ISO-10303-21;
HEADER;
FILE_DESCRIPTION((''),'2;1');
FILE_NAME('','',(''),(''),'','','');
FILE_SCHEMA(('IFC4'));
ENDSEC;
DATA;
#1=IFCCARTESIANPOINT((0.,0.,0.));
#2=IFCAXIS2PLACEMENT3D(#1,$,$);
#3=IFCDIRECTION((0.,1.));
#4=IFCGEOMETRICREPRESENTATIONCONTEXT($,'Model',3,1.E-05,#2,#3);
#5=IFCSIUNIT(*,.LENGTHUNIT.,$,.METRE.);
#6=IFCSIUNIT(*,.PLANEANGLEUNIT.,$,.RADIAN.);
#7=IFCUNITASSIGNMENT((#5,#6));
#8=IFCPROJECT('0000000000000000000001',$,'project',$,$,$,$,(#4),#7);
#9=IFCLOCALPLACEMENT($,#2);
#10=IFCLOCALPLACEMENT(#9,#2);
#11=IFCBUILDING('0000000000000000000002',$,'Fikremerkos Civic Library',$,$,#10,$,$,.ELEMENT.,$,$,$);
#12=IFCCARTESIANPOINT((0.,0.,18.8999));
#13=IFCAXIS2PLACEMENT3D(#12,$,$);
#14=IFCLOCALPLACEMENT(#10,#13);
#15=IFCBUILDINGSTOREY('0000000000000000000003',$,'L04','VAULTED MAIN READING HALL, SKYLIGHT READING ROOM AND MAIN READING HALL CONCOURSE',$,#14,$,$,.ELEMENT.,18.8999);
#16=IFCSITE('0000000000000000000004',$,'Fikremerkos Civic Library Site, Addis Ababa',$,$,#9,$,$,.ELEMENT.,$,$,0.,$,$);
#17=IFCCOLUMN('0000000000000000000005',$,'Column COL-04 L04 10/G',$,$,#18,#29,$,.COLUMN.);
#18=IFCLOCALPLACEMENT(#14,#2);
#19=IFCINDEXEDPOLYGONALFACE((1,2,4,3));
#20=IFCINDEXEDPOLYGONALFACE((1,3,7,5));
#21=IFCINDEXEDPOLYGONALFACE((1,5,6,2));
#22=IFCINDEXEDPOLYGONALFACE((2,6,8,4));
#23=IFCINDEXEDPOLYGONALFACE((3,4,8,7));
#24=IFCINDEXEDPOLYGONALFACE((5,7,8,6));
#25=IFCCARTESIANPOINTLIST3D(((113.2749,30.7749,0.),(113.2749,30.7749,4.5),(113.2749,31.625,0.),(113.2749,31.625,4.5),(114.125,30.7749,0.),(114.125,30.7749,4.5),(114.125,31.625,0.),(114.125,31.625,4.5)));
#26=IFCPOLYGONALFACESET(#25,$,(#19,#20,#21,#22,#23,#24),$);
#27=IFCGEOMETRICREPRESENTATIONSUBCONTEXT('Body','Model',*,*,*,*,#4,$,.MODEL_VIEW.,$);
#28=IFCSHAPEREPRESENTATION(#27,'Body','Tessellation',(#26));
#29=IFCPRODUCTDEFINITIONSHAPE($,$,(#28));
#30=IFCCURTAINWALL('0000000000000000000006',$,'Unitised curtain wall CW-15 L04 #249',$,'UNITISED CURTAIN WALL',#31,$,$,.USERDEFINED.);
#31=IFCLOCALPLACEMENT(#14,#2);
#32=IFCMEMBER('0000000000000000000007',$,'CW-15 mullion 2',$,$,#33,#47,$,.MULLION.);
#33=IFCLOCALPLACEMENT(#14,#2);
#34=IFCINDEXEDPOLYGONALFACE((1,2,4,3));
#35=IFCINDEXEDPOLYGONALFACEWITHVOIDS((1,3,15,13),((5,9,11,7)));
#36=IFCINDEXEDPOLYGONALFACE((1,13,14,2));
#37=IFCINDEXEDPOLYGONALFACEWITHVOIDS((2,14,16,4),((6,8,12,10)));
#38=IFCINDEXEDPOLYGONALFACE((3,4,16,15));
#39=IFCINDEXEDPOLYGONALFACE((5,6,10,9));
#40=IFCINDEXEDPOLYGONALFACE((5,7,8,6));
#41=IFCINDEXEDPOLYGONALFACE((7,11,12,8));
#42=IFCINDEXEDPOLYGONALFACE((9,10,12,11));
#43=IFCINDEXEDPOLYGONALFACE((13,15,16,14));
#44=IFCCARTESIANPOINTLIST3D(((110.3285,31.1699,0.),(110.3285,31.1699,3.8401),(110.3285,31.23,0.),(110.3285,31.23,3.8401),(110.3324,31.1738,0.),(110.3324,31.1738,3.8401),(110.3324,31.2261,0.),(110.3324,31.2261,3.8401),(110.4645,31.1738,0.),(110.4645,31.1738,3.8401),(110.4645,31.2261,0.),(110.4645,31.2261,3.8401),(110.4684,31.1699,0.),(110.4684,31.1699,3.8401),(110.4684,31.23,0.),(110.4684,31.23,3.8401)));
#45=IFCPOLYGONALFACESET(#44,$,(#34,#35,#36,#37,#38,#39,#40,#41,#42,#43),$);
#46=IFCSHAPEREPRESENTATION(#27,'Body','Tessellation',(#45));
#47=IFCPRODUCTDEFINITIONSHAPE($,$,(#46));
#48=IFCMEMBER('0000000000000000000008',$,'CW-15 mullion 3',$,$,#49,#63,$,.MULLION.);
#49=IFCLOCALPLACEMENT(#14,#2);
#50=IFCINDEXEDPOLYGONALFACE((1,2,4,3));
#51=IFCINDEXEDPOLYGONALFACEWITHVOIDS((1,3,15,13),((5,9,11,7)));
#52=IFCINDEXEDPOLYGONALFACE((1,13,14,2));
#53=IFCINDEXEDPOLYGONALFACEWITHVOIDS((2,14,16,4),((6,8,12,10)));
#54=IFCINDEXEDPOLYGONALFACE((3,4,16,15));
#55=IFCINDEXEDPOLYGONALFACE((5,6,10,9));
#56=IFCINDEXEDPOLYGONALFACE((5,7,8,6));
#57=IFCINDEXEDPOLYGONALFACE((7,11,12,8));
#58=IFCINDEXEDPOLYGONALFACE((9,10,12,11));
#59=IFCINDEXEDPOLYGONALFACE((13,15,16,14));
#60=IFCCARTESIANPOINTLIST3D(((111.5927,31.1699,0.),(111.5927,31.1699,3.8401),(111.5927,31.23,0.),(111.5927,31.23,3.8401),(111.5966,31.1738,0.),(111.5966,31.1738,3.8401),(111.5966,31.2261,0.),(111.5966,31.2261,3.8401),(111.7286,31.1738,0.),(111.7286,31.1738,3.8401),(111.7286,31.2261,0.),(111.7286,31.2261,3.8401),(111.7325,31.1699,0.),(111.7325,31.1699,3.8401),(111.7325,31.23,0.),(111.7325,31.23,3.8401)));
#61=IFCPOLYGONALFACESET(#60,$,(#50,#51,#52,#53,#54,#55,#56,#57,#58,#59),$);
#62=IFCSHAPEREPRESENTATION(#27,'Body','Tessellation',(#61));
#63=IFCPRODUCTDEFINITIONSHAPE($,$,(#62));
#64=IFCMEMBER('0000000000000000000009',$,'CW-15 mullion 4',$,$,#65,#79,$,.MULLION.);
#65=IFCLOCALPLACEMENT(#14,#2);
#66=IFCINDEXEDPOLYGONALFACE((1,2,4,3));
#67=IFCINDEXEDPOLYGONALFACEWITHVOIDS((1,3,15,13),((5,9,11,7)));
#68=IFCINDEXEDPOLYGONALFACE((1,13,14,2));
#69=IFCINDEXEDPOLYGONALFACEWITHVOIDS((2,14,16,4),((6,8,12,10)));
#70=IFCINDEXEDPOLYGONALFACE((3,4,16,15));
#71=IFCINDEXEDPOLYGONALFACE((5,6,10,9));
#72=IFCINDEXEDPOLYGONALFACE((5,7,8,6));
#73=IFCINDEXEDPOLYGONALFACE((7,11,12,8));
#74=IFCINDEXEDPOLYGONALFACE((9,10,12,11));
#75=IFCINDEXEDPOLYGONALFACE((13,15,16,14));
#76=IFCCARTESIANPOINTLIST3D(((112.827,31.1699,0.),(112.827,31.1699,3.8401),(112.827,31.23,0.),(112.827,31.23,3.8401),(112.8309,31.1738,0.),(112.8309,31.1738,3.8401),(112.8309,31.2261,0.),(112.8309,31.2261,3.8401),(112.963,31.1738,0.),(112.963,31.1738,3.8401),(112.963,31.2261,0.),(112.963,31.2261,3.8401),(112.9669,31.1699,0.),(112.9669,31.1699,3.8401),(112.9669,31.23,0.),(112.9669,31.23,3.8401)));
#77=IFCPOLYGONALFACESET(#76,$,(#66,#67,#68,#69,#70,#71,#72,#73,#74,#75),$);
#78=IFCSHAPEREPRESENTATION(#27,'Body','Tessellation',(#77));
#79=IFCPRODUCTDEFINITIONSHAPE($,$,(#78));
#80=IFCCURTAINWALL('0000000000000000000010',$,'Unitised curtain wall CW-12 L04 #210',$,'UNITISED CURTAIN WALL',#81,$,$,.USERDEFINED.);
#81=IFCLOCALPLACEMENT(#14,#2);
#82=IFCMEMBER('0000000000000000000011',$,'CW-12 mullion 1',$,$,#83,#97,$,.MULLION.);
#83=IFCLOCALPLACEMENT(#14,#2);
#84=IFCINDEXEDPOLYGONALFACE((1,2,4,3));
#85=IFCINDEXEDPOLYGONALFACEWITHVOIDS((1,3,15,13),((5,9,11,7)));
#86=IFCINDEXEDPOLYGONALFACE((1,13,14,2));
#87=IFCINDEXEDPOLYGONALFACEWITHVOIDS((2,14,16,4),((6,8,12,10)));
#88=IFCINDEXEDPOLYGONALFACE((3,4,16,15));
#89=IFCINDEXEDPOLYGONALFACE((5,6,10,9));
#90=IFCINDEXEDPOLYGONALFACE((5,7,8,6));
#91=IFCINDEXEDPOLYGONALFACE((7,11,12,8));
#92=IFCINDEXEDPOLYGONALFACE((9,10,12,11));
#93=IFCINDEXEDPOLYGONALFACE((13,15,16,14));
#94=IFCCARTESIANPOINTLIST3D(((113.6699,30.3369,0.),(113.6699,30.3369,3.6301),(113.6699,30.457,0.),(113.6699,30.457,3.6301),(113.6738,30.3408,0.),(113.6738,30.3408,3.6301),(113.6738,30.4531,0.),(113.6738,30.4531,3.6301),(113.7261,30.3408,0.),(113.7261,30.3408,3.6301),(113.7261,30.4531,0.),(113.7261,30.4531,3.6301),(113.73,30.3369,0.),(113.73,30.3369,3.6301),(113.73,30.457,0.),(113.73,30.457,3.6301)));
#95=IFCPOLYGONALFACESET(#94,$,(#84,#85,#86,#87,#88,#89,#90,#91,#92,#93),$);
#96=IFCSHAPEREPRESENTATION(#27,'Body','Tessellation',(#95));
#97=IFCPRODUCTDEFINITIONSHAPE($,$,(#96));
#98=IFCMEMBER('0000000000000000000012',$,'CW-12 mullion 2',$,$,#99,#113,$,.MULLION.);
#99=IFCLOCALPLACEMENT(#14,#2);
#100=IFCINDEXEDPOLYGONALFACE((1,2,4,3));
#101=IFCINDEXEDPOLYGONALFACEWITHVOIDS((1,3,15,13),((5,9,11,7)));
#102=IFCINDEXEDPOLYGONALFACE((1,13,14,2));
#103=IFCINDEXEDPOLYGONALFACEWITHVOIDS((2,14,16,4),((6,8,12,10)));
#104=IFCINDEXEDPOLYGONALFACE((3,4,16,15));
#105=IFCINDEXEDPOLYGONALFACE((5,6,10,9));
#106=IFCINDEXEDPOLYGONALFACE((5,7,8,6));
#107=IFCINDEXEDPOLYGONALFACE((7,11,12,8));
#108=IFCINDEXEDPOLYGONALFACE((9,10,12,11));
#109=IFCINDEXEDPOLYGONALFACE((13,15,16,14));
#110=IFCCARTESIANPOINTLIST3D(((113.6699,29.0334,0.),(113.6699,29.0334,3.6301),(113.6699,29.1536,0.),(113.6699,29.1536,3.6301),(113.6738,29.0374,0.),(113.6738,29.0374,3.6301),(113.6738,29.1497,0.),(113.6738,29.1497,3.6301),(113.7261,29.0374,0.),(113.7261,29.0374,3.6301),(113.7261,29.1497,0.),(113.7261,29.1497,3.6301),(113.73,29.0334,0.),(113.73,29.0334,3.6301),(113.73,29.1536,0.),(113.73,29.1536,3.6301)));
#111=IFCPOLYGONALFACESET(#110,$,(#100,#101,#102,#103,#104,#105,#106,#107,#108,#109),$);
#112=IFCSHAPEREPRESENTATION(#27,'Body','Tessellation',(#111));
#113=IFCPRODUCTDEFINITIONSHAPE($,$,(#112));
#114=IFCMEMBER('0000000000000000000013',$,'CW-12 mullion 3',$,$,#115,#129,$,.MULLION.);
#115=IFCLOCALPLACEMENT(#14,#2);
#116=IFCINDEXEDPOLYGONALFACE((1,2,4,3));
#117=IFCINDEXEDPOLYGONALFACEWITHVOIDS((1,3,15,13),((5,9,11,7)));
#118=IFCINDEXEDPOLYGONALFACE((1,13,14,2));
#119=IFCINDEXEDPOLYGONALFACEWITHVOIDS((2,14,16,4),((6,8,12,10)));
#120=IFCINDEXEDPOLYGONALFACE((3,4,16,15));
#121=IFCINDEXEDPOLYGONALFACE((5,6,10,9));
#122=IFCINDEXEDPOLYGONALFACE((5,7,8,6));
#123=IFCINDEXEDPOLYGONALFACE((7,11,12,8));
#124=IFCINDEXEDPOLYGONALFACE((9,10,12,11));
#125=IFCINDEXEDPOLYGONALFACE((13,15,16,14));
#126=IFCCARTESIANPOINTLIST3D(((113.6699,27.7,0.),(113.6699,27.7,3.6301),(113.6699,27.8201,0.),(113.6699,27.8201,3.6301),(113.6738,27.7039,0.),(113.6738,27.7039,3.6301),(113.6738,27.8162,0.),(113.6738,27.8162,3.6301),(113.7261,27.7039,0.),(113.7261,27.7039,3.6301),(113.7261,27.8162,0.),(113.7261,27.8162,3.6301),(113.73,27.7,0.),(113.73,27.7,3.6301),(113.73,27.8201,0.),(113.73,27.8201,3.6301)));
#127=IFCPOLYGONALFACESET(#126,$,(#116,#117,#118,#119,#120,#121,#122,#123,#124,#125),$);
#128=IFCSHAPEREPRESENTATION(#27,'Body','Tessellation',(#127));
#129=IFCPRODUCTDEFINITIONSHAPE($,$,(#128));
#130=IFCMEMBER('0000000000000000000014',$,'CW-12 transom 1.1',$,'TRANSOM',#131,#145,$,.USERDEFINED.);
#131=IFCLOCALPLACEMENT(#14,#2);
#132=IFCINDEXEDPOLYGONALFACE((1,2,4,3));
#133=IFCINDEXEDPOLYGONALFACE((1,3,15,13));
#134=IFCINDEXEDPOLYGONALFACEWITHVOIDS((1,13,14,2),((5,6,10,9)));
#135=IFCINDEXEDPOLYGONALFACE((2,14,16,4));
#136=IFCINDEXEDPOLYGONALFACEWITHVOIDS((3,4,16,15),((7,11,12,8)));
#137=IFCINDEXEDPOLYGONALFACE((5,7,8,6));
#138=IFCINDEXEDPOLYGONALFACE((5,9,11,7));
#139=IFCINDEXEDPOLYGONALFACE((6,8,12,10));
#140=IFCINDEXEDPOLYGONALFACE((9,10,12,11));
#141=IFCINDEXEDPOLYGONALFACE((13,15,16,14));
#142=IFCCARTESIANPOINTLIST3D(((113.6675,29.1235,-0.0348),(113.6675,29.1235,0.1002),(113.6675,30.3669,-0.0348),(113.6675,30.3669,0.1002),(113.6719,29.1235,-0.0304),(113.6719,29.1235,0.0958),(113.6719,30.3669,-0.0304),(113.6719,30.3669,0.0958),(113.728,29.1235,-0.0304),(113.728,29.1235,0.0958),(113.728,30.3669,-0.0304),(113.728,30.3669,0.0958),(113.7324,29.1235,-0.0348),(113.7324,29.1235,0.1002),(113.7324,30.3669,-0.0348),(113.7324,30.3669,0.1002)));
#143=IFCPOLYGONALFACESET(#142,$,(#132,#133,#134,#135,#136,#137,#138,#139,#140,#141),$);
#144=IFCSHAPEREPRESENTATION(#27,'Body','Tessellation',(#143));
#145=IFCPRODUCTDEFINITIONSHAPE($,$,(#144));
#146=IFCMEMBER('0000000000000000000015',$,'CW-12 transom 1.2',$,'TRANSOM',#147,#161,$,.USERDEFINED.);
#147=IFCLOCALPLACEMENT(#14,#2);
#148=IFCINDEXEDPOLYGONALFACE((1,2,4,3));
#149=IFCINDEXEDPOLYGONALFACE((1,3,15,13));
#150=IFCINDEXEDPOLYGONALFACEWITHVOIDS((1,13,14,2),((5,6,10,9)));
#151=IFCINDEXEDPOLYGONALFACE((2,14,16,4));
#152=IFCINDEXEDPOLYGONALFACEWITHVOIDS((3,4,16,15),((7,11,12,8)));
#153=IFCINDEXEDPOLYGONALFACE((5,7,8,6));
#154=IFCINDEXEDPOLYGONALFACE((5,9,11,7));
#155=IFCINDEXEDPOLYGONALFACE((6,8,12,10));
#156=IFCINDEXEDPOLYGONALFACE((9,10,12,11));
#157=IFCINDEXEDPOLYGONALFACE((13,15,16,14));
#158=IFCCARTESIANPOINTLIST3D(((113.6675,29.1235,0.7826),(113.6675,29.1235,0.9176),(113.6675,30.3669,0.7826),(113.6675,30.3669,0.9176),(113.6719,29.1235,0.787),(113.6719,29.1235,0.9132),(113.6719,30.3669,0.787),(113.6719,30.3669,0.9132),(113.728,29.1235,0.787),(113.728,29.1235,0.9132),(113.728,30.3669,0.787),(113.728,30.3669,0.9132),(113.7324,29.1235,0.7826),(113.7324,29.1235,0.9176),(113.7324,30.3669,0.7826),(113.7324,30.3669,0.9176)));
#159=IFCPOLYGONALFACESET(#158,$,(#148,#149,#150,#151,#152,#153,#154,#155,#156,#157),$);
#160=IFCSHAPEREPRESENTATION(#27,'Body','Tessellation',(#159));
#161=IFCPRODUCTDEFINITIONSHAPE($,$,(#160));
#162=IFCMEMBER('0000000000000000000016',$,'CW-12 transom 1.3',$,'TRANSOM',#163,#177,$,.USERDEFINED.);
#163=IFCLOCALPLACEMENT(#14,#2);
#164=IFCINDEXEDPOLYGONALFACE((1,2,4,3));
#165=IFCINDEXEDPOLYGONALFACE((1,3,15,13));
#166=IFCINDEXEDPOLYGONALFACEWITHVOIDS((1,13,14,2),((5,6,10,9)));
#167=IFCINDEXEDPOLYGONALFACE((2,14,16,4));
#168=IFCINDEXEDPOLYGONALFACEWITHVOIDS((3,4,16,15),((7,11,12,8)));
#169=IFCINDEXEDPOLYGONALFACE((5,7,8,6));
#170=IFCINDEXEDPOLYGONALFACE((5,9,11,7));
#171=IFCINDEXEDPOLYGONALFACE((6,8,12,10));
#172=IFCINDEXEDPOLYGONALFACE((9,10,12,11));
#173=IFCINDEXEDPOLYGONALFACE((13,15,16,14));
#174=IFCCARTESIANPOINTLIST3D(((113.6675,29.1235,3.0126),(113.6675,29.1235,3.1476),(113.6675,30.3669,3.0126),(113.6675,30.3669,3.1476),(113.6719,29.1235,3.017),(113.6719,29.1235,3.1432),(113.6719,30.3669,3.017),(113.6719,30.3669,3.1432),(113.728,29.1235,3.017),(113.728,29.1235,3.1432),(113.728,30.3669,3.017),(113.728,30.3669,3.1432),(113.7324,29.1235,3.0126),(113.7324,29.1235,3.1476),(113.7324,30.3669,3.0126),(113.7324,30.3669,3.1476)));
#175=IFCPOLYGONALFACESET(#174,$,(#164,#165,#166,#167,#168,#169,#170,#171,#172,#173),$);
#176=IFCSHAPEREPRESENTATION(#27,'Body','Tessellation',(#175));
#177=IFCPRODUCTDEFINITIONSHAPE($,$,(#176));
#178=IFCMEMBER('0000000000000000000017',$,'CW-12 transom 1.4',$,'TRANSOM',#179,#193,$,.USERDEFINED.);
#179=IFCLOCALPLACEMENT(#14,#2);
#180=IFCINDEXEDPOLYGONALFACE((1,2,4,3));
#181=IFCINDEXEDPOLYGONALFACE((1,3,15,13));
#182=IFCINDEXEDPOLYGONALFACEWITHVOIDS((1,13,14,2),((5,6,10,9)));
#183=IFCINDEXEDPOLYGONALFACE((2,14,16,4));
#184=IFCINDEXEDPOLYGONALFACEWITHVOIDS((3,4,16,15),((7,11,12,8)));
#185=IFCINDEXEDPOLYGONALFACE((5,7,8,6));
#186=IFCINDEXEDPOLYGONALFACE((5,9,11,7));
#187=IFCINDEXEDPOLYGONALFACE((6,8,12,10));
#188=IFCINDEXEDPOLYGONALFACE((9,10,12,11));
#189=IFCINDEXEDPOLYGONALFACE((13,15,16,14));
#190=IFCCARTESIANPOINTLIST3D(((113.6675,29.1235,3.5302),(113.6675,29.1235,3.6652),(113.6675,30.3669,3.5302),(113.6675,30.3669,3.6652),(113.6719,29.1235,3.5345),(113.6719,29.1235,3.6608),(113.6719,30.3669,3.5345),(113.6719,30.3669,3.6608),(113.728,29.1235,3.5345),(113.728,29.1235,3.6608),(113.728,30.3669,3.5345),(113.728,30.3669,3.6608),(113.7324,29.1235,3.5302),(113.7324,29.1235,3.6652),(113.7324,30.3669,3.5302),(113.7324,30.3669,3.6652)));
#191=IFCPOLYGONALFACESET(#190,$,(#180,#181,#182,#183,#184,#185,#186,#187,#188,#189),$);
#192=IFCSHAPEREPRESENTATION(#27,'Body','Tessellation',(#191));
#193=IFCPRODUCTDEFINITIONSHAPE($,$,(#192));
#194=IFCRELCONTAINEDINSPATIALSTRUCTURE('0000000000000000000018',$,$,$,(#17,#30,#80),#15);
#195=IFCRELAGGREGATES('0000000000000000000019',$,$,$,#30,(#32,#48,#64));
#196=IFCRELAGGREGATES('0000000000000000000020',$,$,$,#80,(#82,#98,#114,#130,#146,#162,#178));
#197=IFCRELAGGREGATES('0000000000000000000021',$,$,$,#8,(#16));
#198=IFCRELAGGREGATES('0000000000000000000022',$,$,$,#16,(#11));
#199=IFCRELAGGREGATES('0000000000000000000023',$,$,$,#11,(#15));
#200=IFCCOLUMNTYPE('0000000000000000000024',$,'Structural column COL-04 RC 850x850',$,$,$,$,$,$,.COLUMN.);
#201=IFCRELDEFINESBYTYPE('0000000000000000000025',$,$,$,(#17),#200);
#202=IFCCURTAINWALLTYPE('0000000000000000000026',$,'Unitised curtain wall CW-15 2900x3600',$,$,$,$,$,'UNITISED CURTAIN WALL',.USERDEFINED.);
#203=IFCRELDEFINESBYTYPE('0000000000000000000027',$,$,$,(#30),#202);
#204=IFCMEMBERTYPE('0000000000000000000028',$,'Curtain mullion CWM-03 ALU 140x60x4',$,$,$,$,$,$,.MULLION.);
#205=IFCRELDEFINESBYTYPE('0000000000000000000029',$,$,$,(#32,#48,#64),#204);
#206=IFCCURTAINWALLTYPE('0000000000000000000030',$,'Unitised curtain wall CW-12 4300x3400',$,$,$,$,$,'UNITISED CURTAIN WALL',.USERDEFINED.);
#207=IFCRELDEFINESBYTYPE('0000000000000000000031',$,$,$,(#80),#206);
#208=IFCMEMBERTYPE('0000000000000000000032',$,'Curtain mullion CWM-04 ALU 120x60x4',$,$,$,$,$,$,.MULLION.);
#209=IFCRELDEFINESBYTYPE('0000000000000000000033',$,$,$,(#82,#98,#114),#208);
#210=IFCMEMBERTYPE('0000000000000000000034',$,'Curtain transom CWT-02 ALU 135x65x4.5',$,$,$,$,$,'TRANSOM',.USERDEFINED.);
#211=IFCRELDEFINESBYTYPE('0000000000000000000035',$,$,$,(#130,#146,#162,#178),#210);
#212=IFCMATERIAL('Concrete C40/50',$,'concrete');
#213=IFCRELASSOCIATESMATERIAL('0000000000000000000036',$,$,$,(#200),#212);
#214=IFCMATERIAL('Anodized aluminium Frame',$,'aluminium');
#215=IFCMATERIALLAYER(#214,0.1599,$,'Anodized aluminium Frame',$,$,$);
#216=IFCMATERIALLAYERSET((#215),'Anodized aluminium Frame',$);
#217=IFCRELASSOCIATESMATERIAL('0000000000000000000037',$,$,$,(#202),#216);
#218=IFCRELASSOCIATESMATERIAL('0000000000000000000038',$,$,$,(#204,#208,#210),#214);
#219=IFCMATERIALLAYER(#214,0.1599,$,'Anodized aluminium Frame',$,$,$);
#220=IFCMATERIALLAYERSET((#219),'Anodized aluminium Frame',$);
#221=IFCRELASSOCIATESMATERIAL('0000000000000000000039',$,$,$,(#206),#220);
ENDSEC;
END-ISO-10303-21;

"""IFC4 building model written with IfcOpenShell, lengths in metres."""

from ifc_helpers import new_model, si_unit, direction, frame, origin, origin_2d, place, context, subcontext, project, spatial, rectangle, hollow_rectangle, extrude, material, layer, layer_set, material_profile, profile_set, type_object, element, aggregate, save


model = new_model("IFC4")

# Units and contexts
model_context = context("Model", 3, precision=1e-05, world=origin(), true_north=direction((0.0, 1.0)))
body_context = subcontext(model_context, "Body", "Model", "MODEL_VIEW")
ifc_project = project(units=[si_unit("LENGTHUNIT", "METRE"), si_unit("PLANEANGLEUNIT", "RADIAN")], contexts=[model_context])

# Site, building, storey
site_placement = place(None, origin())
site = spatial("IfcSite", under=ifc_project, at=site_placement, Name="Fikremerkos Civic Library Site, Addis Ababa", CompositionType="ELEMENT", RefElevation=0.0)
building_placement = place(site_placement, origin())
building = spatial("IfcBuilding", under=site, at=building_placement, Name="Fikremerkos Civic Library", CompositionType="ELEMENT")
storey_placement = place(building_placement, frame((0.0, 0.0, 18.8999)))
storey = spatial("IfcBuildingStorey", under=building, at=storey_placement, Name="L04", Description="VAULTED MAIN READING HALL, SKYLIGHT READING ROOM AND MAIN READING HALL CONCOURSE", CompositionType="ELEMENT", Elevation=18.8999)

# Column
ifc_material_1 = material(Name="Concrete C40/50", Category="concrete")
ifc_material_profile_1 = material_profile(ifc_material_1, rectangle(XDim=0.8501, YDim=0.8501, at=origin_2d()), Name="RC 850x850")
ifc_profile_set_1 = profile_set([ifc_material_profile_1], Name="Concrete C40/50")
column_type = type_object("IfcColumnType", Name="Structural column COL-04 RC 850x850", PredefinedType="COLUMN", material=ifc_profile_set_1)
column_placement = place(storey_placement, frame((113.7, 31.2, 0.0), z_axis=(0.0, 0.0, 1.0), x_axis=(1.0, 0.0, 0.0)))
element("IfcColumn", 1, at=column_placement, inside=storey, type_object=column_type, Name="Column COL-04 L04 10/G", PredefinedType="COLUMN", context=body_context, shape_type="SweptSolid", body=[
    extrude(rectangle(XDim=0.8501, YDim=0.8501, at=origin_2d()), origin(), (0.0, 0.0, 1.0), 4.5),
])

# Curtain walls, members
ifc_material_2 = material(Name="Anodized aluminium Frame", Category="aluminium")
ifc_layer_1 = layer(ifc_material_2, 0.1599, Name="Anodized aluminium Frame")
ifc_layer_set_1 = layer_set([ifc_layer_1], Name="Anodized aluminium Frame")
curtain_wall_type_1 = type_object("IfcCurtainWallType", Name="Unitised curtain wall CW-15 2900x3600", ElementType="UNITISED CURTAIN WALL", PredefinedType="USERDEFINED", material=ifc_layer_set_1)
curtain_wall_1_placement = place(storey_placement, origin())
curtain_wall_1 = element("IfcCurtainWall", 2, at=curtain_wall_1_placement, inside=storey, type_object=curtain_wall_type_1, Name="Unitised curtain wall CW-15 L04 #249", ObjectType="UNITISED CURTAIN WALL", PredefinedType="USERDEFINED")
ifc_material_profile_2 = material_profile(ifc_material_2, hollow_rectangle(XDim=0.0601, YDim=0.1399, WallThickness=0.0039, at=origin_2d()), Name="ALU 140x60x4")
ifc_profile_set_2 = profile_set([ifc_material_profile_2], Name="Anodized aluminium Frame")
member_type_1 = type_object("IfcMemberType", Name="Curtain mullion CWM-03 ALU 140x60x4", PredefinedType="MULLION", material=ifc_profile_set_2)
member_1_placement = place(storey_placement, frame((110.3984, 31.2, 0.0), z_axis=(0.0, 0.0, 1.0), x_axis=(0.0, 1.0, 0.0)))
member_1 = element("IfcMember", 3, at=member_1_placement, type_object=member_type_1, Name="CW-15 mullion 2", PredefinedType="MULLION", context=body_context, shape_type="SweptSolid", body=[
    extrude(hollow_rectangle(XDim=0.0601, YDim=0.1399, WallThickness=0.0039, at=origin_2d()), origin(), (0.0, 0.0, 1.0), 3.8401),
])
member_2_placement = place(storey_placement, frame((111.6626, 31.2, 0.0), z_axis=(0.0, 0.0, 1.0), x_axis=(0.0, 1.0, 0.0)))
member_2 = element("IfcMember", 4, at=member_2_placement, type_object=member_type_1, Name="CW-15 mullion 3", PredefinedType="MULLION", context=body_context, shape_type="SweptSolid", body=[
    extrude(hollow_rectangle(XDim=0.0601, YDim=0.1399, WallThickness=0.0039, at=origin_2d()), origin(), (0.0, 0.0, 1.0), 3.8401),
])
member_3_placement = place(storey_placement, frame((112.897, 31.2, 0.0), z_axis=(0.0, 0.0, 1.0), x_axis=(0.0, 1.0, 0.0)))
member_3 = element("IfcMember", 5, at=member_3_placement, type_object=member_type_1, Name="CW-15 mullion 4", PredefinedType="MULLION", context=body_context, shape_type="SweptSolid", body=[
    extrude(hollow_rectangle(XDim=0.0601, YDim=0.1399, WallThickness=0.0039, at=origin_2d()), origin(), (0.0, 0.0, 1.0), 3.8401),
])
ifc_layer_2 = layer(ifc_material_2, 0.1599, Name="Anodized aluminium Frame")
ifc_layer_set_2 = layer_set([ifc_layer_2], Name="Anodized aluminium Frame")
curtain_wall_type_2 = type_object("IfcCurtainWallType", Name="Unitised curtain wall CW-12 4300x3400", ElementType="UNITISED CURTAIN WALL", PredefinedType="USERDEFINED", material=ifc_layer_set_2)
curtain_wall_2_placement = place(storey_placement, origin())
curtain_wall_2 = element("IfcCurtainWall", 6, at=curtain_wall_2_placement, inside=storey, type_object=curtain_wall_type_2, Name="Unitised curtain wall CW-12 L04 #210", ObjectType="UNITISED CURTAIN WALL", PredefinedType="USERDEFINED")
ifc_material_profile_3 = material_profile(ifc_material_2, hollow_rectangle(XDim=0.0601, YDim=0.1201, WallThickness=0.0039, at=origin_2d()), Name="ALU 120x60x4")
ifc_profile_set_3 = profile_set([ifc_material_profile_3], Name="Anodized aluminium Frame")
member_type_2 = type_object("IfcMemberType", Name="Curtain mullion CWM-04 ALU 120x60x4", PredefinedType="MULLION", material=ifc_profile_set_3)
member_4_placement = place(storey_placement, frame((113.7, 30.397, 0.0), z_axis=(0.0, 0.0, 1.0), x_axis=(1.0, 0.0, 0.0)))
member_4 = element("IfcMember", 7, at=member_4_placement, type_object=member_type_2, Name="CW-12 mullion 1", PredefinedType="MULLION", context=body_context, shape_type="SweptSolid", body=[
    extrude(hollow_rectangle(XDim=0.0601, YDim=0.1201, WallThickness=0.0039, at=origin_2d()), origin(), (0.0, 0.0, 1.0), 3.6301),
])
member_5_placement = place(storey_placement, frame((113.7, 29.0935, 0.0), z_axis=(0.0, 0.0, 1.0), x_axis=(1.0, 0.0, 0.0)))
member_5 = element("IfcMember", 8, at=member_5_placement, type_object=member_type_2, Name="CW-12 mullion 2", PredefinedType="MULLION", context=body_context, shape_type="SweptSolid", body=[
    extrude(hollow_rectangle(XDim=0.0601, YDim=0.1201, WallThickness=0.0039, at=origin_2d()), origin(), (0.0, 0.0, 1.0), 3.6301),
])
member_6_placement = place(storey_placement, frame((113.7, 27.76, 0.0), z_axis=(0.0, 0.0, 1.0), x_axis=(1.0, 0.0, 0.0)))
member_6 = element("IfcMember", 9, at=member_6_placement, type_object=member_type_2, Name="CW-12 mullion 3", PredefinedType="MULLION", context=body_context, shape_type="SweptSolid", body=[
    extrude(hollow_rectangle(XDim=0.0601, YDim=0.1201, WallThickness=0.0039, at=origin_2d()), origin(), (0.0, 0.0, 1.0), 3.6301),
])
ifc_material_profile_4 = material_profile(ifc_material_2, hollow_rectangle(XDim=0.0649, YDim=0.135, WallThickness=0.0044, at=origin_2d()), Name="ALU 135x65x4.5")
ifc_profile_set_4 = profile_set([ifc_material_profile_4], Name="Anodized aluminium Frame")
member_type_3 = type_object("IfcMemberType", Name="Curtain transom CWT-02 ALU 135x65x4.5", ElementType="TRANSOM", PredefinedType="USERDEFINED", material=ifc_profile_set_4)
member_7_placement = place(storey_placement, frame((113.7, 30.3669, 0.0327), z_axis=(0.0, -1.0, 0.0), x_axis=(1.0, 0.0, 0.0)))
member_7 = element("IfcMember", 10, at=member_7_placement, type_object=member_type_3, Name="CW-12 transom 1.1", ObjectType="TRANSOM", PredefinedType="USERDEFINED", context=body_context, shape_type="SweptSolid", body=[
    extrude(hollow_rectangle(XDim=0.0649, YDim=0.135, WallThickness=0.0044, at=origin_2d()), origin(), (0.0, 0.0, 1.0), 1.2434),
])
member_8_placement = place(storey_placement, frame((113.7, 30.3669, 0.8501), z_axis=(0.0, -1.0, 0.0), x_axis=(1.0, 0.0, 0.0)))
member_8 = element("IfcMember", 11, at=member_8_placement, type_object=member_type_3, Name="CW-12 transom 1.2", ObjectType="TRANSOM", PredefinedType="USERDEFINED", context=body_context, shape_type="SweptSolid", body=[
    extrude(hollow_rectangle(XDim=0.0649, YDim=0.135, WallThickness=0.0044, at=origin_2d()), origin(), (0.0, 0.0, 1.0), 1.2434),
])
member_9_placement = place(storey_placement, frame((113.7, 30.3669, 3.0801), z_axis=(0.0, -1.0, 0.0), x_axis=(1.0, 0.0, 0.0)))
member_9 = element("IfcMember", 12, at=member_9_placement, type_object=member_type_3, Name="CW-12 transom 1.3", ObjectType="TRANSOM", PredefinedType="USERDEFINED", context=body_context, shape_type="SweptSolid", body=[
    extrude(hollow_rectangle(XDim=0.0649, YDim=0.135, WallThickness=0.0044, at=origin_2d()), origin(), (0.0, 0.0, 1.0), 1.2434),
])
member_10_placement = place(storey_placement, frame((113.7, 30.3669, 3.5977), z_axis=(0.0, -1.0, 0.0), x_axis=(1.0, 0.0, 0.0)))
member_10 = element("IfcMember", 13, at=member_10_placement, type_object=member_type_3, Name="CW-12 transom 1.4", ObjectType="TRANSOM", PredefinedType="USERDEFINED", context=body_context, shape_type="SweptSolid", body=[
    extrude(hollow_rectangle(XDim=0.0649, YDim=0.135, WallThickness=0.0044, at=origin_2d()), origin(), (0.0, 0.0, 1.0), 1.2434),
])

aggregate(curtain_wall_1, [member_1, member_2, member_3])
aggregate(curtain_wall_2, [member_4, member_5, member_6, member_7, member_8, member_9, member_10])

save(model, "model.ifc")
